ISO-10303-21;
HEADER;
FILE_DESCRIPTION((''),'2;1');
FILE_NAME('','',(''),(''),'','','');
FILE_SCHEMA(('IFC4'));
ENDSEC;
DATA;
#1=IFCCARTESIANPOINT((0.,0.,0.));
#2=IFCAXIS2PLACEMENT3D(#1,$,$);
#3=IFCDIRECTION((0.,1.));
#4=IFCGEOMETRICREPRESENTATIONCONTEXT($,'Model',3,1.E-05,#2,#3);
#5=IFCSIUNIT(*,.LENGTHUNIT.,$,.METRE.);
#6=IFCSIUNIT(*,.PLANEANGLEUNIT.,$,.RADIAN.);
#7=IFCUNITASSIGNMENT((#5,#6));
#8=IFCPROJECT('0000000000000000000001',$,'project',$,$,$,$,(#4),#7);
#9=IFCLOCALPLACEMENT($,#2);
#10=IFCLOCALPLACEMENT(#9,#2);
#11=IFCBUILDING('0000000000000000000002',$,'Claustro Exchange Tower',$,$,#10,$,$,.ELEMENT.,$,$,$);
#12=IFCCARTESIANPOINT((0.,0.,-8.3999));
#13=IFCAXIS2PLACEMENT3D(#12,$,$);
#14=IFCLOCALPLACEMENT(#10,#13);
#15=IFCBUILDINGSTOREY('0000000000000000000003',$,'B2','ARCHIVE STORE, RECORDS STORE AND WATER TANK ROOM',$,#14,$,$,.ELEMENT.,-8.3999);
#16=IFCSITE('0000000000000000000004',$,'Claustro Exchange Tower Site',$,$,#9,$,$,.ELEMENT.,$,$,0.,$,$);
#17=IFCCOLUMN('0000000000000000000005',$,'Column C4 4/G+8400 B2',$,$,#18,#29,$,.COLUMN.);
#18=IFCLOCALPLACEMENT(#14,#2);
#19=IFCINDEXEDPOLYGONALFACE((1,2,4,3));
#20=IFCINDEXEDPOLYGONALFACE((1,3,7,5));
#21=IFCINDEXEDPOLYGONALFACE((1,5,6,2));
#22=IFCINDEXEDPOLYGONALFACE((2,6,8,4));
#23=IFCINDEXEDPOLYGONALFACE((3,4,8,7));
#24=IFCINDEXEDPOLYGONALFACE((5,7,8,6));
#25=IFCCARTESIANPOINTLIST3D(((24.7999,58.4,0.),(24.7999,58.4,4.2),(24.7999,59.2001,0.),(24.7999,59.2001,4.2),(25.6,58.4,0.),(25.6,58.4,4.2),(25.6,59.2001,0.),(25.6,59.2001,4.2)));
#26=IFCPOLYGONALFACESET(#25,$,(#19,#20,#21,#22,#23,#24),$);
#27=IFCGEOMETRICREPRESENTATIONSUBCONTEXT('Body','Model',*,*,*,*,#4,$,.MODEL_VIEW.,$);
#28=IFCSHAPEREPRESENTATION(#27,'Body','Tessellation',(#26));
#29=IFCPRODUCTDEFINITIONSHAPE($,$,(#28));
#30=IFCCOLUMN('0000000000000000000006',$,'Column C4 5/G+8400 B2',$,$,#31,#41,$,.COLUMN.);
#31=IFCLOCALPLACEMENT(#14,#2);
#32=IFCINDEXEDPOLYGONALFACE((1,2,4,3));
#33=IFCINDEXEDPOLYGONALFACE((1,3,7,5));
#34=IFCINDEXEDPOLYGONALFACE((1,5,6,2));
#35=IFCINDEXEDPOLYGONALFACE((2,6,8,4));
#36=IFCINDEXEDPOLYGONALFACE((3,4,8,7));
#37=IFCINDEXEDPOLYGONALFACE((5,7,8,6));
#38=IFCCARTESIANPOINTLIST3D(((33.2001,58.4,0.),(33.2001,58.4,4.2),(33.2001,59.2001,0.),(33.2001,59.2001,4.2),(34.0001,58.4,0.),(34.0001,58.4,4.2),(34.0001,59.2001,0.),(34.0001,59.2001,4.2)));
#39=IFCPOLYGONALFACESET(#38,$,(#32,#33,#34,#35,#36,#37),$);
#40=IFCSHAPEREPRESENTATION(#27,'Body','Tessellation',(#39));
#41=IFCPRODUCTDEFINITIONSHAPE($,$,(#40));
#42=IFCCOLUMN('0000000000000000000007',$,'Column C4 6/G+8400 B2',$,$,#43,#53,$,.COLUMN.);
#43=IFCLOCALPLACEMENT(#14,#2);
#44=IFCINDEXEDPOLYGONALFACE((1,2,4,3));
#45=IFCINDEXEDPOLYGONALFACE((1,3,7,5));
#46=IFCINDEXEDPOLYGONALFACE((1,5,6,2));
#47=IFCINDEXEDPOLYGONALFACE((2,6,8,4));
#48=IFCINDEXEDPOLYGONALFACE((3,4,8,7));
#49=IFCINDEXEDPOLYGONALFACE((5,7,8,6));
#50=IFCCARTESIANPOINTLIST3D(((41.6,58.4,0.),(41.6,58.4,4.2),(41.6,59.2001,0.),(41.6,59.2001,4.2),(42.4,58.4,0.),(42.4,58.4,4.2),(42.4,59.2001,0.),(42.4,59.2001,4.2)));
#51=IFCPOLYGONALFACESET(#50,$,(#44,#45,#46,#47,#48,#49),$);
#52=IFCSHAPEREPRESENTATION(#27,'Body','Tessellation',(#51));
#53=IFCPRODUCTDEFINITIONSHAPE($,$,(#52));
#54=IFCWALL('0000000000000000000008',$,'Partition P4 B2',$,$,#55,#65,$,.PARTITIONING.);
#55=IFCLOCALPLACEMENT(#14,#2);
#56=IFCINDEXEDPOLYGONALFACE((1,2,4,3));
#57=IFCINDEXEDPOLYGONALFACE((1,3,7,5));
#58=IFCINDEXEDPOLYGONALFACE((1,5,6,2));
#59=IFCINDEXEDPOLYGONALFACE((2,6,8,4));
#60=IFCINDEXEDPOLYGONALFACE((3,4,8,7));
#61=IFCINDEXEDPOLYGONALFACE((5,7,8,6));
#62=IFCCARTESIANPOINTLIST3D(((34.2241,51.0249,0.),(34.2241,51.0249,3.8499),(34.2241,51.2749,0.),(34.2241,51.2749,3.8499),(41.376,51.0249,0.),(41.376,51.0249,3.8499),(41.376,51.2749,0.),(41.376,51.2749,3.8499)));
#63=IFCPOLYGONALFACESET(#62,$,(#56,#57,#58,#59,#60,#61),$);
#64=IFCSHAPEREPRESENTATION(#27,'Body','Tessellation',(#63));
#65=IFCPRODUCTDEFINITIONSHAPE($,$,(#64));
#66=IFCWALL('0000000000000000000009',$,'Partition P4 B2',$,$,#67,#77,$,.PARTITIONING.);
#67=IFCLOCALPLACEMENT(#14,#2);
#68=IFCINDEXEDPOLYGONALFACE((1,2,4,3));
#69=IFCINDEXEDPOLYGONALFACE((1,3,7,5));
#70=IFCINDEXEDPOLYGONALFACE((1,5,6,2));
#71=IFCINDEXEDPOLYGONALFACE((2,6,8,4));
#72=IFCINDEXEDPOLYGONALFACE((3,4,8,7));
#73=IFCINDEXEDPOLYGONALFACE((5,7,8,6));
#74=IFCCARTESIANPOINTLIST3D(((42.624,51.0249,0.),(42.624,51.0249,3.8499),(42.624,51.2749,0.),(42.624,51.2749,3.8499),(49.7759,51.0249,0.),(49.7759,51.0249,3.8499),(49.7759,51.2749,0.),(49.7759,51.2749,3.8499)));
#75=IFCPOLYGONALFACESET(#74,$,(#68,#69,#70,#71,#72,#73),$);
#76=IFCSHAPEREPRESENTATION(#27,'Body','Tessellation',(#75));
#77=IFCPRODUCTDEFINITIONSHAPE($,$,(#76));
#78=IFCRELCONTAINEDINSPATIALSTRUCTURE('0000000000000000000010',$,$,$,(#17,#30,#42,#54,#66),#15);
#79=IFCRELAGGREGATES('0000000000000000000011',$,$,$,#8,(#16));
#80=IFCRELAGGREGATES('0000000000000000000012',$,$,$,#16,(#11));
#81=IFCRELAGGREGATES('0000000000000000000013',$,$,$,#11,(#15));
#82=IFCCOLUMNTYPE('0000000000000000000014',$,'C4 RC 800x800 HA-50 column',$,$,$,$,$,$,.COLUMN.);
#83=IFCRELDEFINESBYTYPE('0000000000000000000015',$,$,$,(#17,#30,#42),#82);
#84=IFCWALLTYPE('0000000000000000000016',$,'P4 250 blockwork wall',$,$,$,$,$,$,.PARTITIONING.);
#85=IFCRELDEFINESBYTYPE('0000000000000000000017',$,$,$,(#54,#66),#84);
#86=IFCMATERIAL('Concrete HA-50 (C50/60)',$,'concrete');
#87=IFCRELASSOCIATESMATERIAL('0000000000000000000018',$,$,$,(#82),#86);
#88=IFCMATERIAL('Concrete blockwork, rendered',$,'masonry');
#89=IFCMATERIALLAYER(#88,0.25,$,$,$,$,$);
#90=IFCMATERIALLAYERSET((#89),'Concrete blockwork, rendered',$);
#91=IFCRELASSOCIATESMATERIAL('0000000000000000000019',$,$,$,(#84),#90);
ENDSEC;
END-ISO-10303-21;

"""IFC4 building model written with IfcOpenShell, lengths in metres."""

from ifc_helpers import new_model, si_unit, direction, frame, frame_2d, origin, origin_2d, place, context, subcontext, project, spatial, rectangle, extrude, material, layer, layer_set, material_profile, profile_set, type_object, element, save


model = new_model("IFC4")

# Units and contexts
model_context = context("Model", 3, precision=1e-05, world=origin(), true_north=direction((0.0, 1.0)))
body_context = subcontext(model_context, "Body", "Model", "MODEL_VIEW")
ifc_project = project(units=[si_unit("LENGTHUNIT", "METRE"), si_unit("PLANEANGLEUNIT", "RADIAN")], contexts=[model_context])

# Site, building, storey
site_placement = place(None, origin())
site = spatial("IfcSite", under=ifc_project, at=site_placement, Name="Claustro Exchange Tower Site", CompositionType="ELEMENT", RefElevation=0.0)
building_placement = place(site_placement, origin())
building = spatial("IfcBuilding", under=site, at=building_placement, Name="Claustro Exchange Tower", CompositionType="ELEMENT")
storey_placement = place(building_placement, frame((0.0, 0.0, -8.3999)))
storey = spatial("IfcBuildingStorey", under=building, at=storey_placement, Name="B2", Description="ARCHIVE STORE, RECORDS STORE AND WATER TANK ROOM", CompositionType="ELEMENT", Elevation=-8.3999)

# Columns
ifc_material_1 = material(Name="Concrete HA-50 (C50/60)", Category="concrete")
ifc_material_profile_1 = material_profile(ifc_material_1, rectangle(XDim=0.8, YDim=0.8, at=origin_2d()), Name="RC 800x800")
ifc_profile_set_1 = profile_set([ifc_material_profile_1], Name="Concrete HA-50 (C50/60)")
column_type_1 = type_object("IfcColumnType", Name="C4 RC 800x800 HA-50 column", PredefinedType="COLUMN", material=ifc_profile_set_1)
for number, where, z_axis, x_axis, name in (
    (1, (25.2, 58.8, 0.0), (0.0, 0.0, 1.0), (1.0, 0.0, 0.0), "Column C4 4/G+8400 B2"),
    (2, (33.6001, 58.8, 0.0), (0.0, 0.0, 1.0), (1.0, 0.0, 0.0), "Column C4 5/G+8400 B2"),
    (3, (42.0, 58.8, 0.0), (0.0, 0.0, 1.0), (1.0, 0.0, 0.0), "Column C4 6/G+8400 B2"),
):
    element("IfcColumn", number, at=place(storey_placement, frame(where, z_axis=z_axis, x_axis=x_axis)), inside=storey, type_object=column_type_1, Name=name, PredefinedType="COLUMN", context=body_context, shape_type="SweptSolid", body=[
        extrude(rectangle(XDim=0.8, YDim=0.8, at=origin_2d()), origin(), (0.0, 0.0, 1.0), 4.2),
    ])

# Shared definitions
ifc_material_2 = material(Name="Concrete blockwork, rendered", Category="masonry")
ifc_layer = layer(ifc_material_2, 0.25)
ifc_layer_set = layer_set([ifc_layer], Name="Concrete blockwork, rendered")
wall_type = type_object("IfcWallType", Name="P4 250 blockwork wall", PredefinedType="PARTITIONING", material=ifc_layer_set)

# Walls
for number, where, z_axis, x_axis, name in (
    (4, (34.2241, 51.1499, 0.0), (0.0, 0.0, 1.0), (1.0, 0.0, 0.0), "Partition P4 B2"),
    (5, (42.624, 51.1499, 0.0), (0.0, 0.0, 1.0), (1.0, 0.0, 0.0), "Partition P4 B2"),
):
    element("IfcWall", number, at=place(storey_placement, frame(where, z_axis=z_axis, x_axis=x_axis)), inside=storey, type_object=wall_type, Name=name, PredefinedType="PARTITIONING", context=body_context, shape_type="SweptSolid", body=[
        extrude(rectangle(XDim=7.1519, YDim=0.25, at=frame_2d((3.5759, 0.0))), origin(), (0.0, 0.0, 1.0), 3.8499),
    ])

save(model, "model.ifc")
